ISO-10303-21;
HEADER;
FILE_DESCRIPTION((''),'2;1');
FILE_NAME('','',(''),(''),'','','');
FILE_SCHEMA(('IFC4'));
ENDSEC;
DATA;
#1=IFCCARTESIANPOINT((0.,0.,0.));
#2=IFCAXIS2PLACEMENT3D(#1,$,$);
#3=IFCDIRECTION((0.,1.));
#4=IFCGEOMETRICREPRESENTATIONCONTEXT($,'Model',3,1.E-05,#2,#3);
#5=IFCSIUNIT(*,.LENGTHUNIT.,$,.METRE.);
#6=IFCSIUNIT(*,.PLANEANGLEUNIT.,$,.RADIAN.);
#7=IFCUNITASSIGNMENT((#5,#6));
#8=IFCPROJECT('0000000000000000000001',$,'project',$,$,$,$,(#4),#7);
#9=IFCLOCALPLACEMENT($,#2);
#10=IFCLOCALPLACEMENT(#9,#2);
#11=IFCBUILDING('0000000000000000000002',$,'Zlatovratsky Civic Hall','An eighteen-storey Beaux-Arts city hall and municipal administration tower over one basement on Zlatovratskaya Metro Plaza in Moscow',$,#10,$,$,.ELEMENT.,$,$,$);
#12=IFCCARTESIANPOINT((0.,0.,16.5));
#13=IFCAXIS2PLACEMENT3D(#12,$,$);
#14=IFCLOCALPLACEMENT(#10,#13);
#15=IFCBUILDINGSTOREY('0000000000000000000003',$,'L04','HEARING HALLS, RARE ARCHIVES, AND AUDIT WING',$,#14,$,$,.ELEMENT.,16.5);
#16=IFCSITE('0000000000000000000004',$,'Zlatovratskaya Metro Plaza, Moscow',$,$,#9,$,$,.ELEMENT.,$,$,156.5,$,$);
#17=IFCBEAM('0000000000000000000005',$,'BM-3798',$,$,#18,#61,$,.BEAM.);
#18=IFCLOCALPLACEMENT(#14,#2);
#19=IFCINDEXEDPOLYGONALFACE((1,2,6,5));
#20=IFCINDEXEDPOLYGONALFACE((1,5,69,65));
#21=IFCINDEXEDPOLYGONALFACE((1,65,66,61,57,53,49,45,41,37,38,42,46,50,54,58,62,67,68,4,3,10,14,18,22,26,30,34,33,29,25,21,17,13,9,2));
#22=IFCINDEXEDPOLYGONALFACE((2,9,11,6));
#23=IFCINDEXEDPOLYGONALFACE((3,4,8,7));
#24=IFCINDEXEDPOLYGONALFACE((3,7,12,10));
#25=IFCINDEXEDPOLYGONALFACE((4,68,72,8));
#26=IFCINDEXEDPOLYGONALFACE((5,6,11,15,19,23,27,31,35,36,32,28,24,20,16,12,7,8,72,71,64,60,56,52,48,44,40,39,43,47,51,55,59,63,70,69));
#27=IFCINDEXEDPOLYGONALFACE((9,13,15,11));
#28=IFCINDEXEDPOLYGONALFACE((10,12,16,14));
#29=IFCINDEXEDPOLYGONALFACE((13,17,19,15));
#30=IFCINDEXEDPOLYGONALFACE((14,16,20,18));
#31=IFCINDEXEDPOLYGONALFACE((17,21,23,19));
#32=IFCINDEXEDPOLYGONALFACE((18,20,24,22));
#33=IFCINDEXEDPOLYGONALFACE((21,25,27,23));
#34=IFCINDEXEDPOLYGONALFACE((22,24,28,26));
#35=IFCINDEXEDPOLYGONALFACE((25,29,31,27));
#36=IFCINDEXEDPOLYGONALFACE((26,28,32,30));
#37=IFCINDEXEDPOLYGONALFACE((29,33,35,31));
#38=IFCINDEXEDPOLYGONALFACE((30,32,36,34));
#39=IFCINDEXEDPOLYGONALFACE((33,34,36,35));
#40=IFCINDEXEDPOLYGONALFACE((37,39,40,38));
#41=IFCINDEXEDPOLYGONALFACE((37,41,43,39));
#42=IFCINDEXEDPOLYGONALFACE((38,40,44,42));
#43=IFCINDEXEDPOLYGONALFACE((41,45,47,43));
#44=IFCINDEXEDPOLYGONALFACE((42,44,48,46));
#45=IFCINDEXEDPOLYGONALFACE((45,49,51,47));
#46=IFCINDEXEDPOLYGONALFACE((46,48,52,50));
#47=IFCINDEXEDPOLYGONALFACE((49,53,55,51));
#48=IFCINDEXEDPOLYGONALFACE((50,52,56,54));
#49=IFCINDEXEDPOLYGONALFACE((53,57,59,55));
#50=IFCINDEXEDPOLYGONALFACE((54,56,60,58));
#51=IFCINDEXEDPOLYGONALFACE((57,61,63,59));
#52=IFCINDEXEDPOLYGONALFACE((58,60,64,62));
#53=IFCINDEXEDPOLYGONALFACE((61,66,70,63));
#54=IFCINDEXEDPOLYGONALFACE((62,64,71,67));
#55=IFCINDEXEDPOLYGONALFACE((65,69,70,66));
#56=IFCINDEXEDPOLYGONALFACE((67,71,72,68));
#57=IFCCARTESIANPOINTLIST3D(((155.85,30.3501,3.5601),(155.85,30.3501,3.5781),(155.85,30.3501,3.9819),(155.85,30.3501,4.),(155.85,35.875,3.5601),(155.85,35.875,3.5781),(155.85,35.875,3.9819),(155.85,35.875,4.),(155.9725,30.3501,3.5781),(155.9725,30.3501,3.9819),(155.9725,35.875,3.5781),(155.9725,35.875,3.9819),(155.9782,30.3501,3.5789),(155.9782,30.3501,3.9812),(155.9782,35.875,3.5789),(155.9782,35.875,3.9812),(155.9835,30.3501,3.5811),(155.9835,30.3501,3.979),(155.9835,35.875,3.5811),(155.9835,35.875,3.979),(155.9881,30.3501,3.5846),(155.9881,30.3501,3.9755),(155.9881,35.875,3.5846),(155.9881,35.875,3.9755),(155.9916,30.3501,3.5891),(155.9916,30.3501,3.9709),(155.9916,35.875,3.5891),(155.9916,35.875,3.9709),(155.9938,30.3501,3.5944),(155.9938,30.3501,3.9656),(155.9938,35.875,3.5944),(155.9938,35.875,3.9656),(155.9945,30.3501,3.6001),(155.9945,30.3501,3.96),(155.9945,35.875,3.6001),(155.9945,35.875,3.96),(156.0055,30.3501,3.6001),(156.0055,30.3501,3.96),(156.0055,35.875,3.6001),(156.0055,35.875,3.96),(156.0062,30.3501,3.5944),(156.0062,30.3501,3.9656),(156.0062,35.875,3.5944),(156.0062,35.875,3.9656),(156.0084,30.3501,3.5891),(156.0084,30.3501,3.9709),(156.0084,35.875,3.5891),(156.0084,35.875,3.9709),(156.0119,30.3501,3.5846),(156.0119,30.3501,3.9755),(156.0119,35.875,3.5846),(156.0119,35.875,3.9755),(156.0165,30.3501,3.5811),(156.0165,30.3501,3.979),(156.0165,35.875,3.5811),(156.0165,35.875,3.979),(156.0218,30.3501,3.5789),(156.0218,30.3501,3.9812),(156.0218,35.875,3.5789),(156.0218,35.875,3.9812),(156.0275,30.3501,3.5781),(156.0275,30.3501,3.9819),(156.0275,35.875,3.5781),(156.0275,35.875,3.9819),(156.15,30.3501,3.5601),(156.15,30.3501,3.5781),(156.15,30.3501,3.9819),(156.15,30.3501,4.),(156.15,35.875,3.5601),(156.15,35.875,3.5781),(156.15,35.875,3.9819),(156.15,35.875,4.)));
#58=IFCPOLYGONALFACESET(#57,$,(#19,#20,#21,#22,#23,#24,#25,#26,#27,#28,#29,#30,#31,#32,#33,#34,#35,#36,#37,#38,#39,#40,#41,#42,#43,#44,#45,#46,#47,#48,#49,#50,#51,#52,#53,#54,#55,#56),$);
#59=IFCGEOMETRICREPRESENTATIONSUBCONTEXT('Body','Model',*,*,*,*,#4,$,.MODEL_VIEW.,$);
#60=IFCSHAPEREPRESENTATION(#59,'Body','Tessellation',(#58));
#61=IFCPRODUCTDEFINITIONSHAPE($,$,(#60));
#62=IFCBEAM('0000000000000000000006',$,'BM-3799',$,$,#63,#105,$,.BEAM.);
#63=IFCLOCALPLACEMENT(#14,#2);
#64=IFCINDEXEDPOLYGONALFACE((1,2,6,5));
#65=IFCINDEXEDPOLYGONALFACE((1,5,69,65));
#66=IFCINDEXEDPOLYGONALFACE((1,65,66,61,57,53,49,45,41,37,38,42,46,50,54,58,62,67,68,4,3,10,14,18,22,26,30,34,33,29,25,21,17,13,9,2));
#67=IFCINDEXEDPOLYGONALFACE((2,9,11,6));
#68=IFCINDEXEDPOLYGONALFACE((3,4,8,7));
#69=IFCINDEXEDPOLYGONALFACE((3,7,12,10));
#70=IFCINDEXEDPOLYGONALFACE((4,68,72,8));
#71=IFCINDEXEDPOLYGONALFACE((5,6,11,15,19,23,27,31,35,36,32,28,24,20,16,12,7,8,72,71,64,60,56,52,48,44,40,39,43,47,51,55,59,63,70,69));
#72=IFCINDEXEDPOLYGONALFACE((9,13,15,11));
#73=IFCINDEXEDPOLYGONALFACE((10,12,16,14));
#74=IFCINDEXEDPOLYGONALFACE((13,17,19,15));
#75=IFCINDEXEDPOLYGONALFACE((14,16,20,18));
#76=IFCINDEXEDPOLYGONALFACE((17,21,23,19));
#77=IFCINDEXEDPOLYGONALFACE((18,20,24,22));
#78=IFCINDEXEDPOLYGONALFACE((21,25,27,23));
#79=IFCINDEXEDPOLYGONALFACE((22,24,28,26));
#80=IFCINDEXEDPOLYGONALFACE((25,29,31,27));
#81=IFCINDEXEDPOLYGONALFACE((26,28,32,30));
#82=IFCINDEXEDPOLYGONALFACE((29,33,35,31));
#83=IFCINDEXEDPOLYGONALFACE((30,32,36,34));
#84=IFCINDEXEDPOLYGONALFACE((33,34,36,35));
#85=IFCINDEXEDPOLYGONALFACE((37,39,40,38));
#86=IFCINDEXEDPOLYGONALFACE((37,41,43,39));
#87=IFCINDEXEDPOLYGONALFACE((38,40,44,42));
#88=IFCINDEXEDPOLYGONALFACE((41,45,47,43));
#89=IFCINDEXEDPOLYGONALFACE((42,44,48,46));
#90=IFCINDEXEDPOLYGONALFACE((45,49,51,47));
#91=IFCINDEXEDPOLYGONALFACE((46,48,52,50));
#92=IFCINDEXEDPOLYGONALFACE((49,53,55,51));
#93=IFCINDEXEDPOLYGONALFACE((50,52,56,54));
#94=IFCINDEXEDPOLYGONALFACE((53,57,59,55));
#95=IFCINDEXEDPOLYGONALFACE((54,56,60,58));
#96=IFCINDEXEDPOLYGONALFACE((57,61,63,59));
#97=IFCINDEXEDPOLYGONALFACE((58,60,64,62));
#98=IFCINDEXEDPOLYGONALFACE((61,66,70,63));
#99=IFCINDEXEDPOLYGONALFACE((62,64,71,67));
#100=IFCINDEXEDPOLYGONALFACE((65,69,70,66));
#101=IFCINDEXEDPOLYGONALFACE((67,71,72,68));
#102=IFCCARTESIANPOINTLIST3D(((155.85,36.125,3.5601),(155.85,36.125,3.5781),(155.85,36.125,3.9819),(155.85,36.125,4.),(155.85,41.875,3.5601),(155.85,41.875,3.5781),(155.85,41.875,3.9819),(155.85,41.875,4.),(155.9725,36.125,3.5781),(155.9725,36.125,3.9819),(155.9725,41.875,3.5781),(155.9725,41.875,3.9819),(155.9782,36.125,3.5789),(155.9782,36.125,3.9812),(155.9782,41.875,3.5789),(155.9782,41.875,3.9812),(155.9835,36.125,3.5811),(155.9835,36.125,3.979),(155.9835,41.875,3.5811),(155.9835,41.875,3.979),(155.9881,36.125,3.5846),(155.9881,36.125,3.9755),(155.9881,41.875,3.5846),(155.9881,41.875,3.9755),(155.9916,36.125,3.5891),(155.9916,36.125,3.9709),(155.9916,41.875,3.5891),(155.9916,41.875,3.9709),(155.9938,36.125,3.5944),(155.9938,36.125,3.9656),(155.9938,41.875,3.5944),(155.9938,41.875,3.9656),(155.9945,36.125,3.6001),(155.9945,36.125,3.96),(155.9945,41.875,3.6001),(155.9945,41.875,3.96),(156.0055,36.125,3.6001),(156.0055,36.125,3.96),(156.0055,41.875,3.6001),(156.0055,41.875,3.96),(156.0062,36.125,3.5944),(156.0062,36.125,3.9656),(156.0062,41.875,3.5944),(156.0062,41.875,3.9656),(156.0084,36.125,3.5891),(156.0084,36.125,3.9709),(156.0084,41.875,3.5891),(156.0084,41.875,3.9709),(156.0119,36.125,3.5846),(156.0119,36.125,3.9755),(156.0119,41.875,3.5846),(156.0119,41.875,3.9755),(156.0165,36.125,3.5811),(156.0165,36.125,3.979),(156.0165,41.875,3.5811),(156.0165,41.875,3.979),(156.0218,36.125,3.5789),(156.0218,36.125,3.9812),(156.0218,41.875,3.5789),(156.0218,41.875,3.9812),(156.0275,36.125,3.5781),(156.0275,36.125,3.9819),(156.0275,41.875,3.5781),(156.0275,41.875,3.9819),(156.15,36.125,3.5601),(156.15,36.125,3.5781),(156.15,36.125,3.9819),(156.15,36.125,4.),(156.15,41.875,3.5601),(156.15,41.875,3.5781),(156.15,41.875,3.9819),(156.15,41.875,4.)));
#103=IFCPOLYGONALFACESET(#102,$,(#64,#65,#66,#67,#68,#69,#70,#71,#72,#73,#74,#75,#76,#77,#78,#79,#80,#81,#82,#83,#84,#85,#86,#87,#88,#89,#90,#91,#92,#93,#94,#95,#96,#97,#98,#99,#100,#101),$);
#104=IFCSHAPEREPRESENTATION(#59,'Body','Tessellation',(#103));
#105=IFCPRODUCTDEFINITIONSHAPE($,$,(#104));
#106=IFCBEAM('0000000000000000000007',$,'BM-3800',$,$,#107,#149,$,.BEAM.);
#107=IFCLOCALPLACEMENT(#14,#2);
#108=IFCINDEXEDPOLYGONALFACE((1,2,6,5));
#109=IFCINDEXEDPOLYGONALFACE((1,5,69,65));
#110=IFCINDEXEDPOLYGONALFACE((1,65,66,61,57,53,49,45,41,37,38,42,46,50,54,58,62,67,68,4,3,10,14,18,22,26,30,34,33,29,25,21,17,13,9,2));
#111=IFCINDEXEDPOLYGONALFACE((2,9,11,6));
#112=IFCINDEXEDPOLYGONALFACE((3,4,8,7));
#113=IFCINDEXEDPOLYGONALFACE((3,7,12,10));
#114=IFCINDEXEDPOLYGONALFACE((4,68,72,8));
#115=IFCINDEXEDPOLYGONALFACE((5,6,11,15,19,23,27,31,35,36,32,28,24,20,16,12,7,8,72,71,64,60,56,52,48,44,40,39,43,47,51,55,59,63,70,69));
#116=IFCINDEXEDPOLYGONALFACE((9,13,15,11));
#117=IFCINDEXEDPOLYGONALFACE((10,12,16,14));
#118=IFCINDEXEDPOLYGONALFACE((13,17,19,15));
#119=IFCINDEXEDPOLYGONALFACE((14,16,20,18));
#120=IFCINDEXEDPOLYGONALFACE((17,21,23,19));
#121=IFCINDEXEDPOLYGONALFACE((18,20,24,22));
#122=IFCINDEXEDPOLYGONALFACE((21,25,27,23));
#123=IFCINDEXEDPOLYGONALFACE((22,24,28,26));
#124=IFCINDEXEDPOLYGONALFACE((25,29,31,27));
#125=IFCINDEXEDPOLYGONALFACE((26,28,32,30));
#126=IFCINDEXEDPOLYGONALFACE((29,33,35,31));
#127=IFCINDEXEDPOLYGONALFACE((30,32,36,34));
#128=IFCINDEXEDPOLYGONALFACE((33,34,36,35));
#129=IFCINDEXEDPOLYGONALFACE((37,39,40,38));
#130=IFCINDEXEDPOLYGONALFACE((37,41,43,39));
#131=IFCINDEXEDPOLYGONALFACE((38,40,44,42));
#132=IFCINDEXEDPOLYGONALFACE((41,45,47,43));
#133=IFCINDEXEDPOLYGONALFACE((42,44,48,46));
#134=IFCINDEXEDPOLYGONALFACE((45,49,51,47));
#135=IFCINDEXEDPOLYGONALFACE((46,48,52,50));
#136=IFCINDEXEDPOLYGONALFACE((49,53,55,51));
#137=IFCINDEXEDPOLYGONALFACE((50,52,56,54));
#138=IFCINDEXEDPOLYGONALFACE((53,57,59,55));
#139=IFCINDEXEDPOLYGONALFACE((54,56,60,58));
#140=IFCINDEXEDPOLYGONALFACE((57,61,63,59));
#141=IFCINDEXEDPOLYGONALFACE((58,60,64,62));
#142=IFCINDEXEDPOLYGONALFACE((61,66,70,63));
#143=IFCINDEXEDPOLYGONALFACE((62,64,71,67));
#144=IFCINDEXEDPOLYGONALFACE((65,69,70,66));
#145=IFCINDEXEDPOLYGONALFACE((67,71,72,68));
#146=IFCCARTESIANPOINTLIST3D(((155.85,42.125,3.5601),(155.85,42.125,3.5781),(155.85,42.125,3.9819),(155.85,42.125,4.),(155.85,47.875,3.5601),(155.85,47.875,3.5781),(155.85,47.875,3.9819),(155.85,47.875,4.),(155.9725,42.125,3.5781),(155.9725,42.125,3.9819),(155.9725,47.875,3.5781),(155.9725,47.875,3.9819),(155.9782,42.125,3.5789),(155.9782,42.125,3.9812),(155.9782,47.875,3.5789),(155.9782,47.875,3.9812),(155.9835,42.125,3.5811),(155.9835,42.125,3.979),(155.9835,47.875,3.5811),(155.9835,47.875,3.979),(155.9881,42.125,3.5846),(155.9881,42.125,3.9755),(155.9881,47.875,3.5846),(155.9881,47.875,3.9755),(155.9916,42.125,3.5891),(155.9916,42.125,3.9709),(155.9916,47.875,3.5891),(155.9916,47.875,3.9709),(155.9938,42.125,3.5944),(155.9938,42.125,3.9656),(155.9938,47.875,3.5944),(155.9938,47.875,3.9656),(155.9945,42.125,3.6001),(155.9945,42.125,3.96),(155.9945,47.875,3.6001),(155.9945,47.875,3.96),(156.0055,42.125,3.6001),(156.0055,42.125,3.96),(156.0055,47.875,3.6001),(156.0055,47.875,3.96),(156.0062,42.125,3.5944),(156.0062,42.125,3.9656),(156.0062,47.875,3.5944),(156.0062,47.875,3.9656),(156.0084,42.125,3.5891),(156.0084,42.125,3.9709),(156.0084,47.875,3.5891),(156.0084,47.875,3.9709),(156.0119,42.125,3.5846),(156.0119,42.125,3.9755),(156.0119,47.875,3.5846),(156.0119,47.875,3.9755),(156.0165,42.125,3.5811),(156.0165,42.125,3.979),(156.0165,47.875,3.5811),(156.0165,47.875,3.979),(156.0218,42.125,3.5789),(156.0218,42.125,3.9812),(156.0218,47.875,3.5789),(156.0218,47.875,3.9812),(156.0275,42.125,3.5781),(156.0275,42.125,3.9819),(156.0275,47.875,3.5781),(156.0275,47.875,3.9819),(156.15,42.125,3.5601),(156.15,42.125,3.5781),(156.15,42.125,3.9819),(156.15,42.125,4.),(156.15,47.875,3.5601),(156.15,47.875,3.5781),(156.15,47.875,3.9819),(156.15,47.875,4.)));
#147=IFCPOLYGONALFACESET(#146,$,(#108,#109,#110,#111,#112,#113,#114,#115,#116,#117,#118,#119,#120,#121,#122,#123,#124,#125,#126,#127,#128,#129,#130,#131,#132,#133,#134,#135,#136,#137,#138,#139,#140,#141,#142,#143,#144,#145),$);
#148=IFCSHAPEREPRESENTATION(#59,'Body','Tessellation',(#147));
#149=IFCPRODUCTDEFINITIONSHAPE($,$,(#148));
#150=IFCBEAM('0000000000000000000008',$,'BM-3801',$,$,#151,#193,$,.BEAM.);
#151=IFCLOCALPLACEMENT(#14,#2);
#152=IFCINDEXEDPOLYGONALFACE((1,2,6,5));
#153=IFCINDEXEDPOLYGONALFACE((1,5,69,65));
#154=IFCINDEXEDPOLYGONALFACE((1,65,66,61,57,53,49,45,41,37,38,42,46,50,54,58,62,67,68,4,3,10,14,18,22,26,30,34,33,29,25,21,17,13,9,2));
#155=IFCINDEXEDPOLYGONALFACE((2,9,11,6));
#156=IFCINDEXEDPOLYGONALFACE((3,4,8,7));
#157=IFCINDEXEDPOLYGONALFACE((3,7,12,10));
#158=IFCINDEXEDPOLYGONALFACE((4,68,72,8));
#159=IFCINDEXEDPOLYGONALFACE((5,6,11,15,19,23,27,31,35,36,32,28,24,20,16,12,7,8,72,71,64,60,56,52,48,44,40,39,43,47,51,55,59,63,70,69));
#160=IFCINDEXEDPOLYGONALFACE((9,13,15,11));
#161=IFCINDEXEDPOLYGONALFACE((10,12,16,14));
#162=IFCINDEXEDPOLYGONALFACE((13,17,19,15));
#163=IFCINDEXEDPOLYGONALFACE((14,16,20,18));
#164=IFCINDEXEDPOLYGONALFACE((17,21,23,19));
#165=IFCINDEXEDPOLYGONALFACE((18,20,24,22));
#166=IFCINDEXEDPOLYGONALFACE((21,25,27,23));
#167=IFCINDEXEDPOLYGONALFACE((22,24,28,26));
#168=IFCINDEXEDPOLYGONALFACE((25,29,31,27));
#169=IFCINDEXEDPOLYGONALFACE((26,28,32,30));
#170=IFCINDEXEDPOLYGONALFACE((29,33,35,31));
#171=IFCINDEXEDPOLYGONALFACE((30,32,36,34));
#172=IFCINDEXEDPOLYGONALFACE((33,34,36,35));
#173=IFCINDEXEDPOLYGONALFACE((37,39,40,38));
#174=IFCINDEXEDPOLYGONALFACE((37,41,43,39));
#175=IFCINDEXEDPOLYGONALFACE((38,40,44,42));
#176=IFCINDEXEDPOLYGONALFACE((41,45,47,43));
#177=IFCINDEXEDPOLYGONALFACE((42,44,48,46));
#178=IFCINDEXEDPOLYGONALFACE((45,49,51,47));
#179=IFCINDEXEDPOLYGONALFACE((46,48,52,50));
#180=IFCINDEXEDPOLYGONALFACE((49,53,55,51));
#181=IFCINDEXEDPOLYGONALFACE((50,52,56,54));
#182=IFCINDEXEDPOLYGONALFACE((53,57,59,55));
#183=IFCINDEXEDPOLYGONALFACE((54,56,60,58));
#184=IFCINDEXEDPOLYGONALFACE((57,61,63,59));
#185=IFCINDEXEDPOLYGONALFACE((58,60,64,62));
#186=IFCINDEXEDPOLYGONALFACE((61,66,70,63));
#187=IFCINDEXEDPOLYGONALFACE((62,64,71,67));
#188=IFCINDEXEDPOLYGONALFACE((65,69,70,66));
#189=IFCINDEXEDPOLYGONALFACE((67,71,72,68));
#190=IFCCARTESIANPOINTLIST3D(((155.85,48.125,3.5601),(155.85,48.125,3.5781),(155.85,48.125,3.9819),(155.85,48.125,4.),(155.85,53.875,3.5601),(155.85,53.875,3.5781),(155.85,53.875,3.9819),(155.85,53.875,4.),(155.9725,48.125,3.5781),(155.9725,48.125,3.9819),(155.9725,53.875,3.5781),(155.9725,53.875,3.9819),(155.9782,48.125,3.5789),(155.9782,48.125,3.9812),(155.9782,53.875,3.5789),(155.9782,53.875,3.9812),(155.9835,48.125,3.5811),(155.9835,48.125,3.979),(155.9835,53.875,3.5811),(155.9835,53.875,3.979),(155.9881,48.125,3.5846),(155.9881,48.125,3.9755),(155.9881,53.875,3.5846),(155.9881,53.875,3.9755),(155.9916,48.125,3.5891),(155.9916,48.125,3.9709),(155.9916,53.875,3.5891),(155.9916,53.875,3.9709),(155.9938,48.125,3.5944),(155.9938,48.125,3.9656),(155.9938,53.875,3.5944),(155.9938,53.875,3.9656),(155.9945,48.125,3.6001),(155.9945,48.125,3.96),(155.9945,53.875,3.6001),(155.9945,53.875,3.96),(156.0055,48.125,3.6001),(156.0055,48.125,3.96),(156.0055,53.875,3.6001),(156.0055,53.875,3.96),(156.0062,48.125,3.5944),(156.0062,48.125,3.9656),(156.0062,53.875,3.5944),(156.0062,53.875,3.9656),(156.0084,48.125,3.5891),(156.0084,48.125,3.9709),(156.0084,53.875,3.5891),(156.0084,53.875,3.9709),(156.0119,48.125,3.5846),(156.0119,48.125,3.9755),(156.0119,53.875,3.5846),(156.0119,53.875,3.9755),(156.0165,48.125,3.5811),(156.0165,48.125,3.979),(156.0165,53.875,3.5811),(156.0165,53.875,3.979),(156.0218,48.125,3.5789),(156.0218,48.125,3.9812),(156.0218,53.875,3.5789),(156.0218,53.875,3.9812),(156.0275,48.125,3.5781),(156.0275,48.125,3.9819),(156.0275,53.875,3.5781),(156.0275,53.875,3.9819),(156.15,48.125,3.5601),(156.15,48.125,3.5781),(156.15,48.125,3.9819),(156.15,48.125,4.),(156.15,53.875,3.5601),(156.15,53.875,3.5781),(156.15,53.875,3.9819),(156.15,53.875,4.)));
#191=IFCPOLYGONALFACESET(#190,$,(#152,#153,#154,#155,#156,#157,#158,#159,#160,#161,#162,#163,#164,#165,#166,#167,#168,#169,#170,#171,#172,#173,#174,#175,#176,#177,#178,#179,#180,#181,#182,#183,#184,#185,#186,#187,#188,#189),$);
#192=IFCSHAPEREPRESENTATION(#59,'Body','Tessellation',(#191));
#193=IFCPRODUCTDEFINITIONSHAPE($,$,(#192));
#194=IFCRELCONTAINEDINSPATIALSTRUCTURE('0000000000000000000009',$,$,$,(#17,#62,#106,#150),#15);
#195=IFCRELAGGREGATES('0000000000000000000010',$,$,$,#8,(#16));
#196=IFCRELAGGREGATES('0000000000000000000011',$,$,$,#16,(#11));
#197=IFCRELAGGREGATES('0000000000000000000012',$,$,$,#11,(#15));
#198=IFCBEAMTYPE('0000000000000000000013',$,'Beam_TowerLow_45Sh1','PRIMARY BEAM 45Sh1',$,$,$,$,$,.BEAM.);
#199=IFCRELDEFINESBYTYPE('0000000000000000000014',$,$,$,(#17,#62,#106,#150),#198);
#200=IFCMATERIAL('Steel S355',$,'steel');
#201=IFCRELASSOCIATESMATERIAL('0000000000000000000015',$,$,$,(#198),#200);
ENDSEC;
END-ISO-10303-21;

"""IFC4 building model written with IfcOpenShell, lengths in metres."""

from ifc_helpers import new_model, si_unit, direction, frame, origin, origin_2d, place, context, subcontext, project, spatial, i_section, extrude, material, material_profile, profile_set, type_object, element, save


model = new_model("IFC4")

# Units and contexts
model_context = context("Model", 3, precision=1e-05, world=origin(), true_north=direction((0.0, 1.0)))
body_context = subcontext(model_context, "Body", "Model", "MODEL_VIEW")
ifc_project = project(units=[si_unit("LENGTHUNIT", "METRE"), si_unit("PLANEANGLEUNIT", "RADIAN")], contexts=[model_context])

# Site, building, storey
site_placement = place(None, origin())
site = spatial("IfcSite", under=ifc_project, at=site_placement, Name="Zlatovratskaya Metro Plaza, Moscow", CompositionType="ELEMENT", RefElevation=156.5)
building_placement = place(site_placement, origin())
building = spatial("IfcBuilding", under=site, at=building_placement, Name="Zlatovratsky Civic Hall", Description="An eighteen-storey Beaux-Arts city hall and municipal administration tower over one basement on Zlatovratskaya Metro Plaza in Moscow", CompositionType="ELEMENT")
storey_placement = place(building_placement, frame((0.0, 0.0, 16.5)))
storey = spatial("IfcBuildingStorey", under=building, at=storey_placement, Name="L04", Description="HEARING HALLS, RARE ARCHIVES, AND AUDIT WING", CompositionType="ELEMENT", Elevation=16.5)

# Shared definitions
ifc_material_1 = material(Name="Steel S355", Category="steel")

# Beams
ifc_material_profile_1 = material_profile(ifc_material_1, i_section(OverallWidth=0.3, OverallDepth=0.4399, WebThickness=0.011, FlangeThickness=0.0181, FilletRadius=0.022, at=origin_2d()), Name="45Sh1")
ifc_profile_set_1 = profile_set([ifc_material_profile_1], Name="Steel S355")
beam_type_1 = type_object("IfcBeamType", Name="Beam_TowerLow_45Sh1", Description="PRIMARY BEAM 45Sh1", PredefinedType="BEAM", material=ifc_profile_set_1)
beam_1_placement = place(storey_placement, frame((156.0, 30.3501, 3.78), z_axis=(0.0, 1.0, 0.0), x_axis=(-1.0, 0.0, 0.0)))
element("IfcBeam", 1, at=beam_1_placement, inside=storey, type_object=beam_type_1, Name="BM-3798", PredefinedType="BEAM", context=body_context, shape_type="SweptSolid", body=[
    extrude(i_section(OverallWidth=0.3, OverallDepth=0.4399, WebThickness=0.011, FlangeThickness=0.0181, FilletRadius=0.022, at=origin_2d()), origin(), (0.0, 0.0, 1.0), 5.5249),
])
for number, where, z_axis, x_axis, name in (
    (2, (156.0, 36.125, 3.78), (0.0, 1.0, 0.0), (-1.0, 0.0, 0.0), "BM-3799"),
    (3, (156.0, 42.125, 3.78), (0.0, 1.0, 0.0), (-1.0, 0.0, 0.0), "BM-3800"),
    (4, (156.0, 48.125, 3.78), (0.0, 1.0, 0.0), (-1.0, 0.0, 0.0), "BM-3801"),
):
    element("IfcBeam", number, at=place(storey_placement, frame(where, z_axis=z_axis, x_axis=x_axis)), inside=storey, type_object=beam_type_1, Name=name, PredefinedType="BEAM", context=body_context, shape_type="SweptSolid", body=[
        extrude(i_section(OverallWidth=0.3, OverallDepth=0.4399, WebThickness=0.011, FlangeThickness=0.0181, FilletRadius=0.022, at=origin_2d()), origin(), (0.0, 0.0, 1.0), 5.75),
    ])

save(model, "model.ifc")
